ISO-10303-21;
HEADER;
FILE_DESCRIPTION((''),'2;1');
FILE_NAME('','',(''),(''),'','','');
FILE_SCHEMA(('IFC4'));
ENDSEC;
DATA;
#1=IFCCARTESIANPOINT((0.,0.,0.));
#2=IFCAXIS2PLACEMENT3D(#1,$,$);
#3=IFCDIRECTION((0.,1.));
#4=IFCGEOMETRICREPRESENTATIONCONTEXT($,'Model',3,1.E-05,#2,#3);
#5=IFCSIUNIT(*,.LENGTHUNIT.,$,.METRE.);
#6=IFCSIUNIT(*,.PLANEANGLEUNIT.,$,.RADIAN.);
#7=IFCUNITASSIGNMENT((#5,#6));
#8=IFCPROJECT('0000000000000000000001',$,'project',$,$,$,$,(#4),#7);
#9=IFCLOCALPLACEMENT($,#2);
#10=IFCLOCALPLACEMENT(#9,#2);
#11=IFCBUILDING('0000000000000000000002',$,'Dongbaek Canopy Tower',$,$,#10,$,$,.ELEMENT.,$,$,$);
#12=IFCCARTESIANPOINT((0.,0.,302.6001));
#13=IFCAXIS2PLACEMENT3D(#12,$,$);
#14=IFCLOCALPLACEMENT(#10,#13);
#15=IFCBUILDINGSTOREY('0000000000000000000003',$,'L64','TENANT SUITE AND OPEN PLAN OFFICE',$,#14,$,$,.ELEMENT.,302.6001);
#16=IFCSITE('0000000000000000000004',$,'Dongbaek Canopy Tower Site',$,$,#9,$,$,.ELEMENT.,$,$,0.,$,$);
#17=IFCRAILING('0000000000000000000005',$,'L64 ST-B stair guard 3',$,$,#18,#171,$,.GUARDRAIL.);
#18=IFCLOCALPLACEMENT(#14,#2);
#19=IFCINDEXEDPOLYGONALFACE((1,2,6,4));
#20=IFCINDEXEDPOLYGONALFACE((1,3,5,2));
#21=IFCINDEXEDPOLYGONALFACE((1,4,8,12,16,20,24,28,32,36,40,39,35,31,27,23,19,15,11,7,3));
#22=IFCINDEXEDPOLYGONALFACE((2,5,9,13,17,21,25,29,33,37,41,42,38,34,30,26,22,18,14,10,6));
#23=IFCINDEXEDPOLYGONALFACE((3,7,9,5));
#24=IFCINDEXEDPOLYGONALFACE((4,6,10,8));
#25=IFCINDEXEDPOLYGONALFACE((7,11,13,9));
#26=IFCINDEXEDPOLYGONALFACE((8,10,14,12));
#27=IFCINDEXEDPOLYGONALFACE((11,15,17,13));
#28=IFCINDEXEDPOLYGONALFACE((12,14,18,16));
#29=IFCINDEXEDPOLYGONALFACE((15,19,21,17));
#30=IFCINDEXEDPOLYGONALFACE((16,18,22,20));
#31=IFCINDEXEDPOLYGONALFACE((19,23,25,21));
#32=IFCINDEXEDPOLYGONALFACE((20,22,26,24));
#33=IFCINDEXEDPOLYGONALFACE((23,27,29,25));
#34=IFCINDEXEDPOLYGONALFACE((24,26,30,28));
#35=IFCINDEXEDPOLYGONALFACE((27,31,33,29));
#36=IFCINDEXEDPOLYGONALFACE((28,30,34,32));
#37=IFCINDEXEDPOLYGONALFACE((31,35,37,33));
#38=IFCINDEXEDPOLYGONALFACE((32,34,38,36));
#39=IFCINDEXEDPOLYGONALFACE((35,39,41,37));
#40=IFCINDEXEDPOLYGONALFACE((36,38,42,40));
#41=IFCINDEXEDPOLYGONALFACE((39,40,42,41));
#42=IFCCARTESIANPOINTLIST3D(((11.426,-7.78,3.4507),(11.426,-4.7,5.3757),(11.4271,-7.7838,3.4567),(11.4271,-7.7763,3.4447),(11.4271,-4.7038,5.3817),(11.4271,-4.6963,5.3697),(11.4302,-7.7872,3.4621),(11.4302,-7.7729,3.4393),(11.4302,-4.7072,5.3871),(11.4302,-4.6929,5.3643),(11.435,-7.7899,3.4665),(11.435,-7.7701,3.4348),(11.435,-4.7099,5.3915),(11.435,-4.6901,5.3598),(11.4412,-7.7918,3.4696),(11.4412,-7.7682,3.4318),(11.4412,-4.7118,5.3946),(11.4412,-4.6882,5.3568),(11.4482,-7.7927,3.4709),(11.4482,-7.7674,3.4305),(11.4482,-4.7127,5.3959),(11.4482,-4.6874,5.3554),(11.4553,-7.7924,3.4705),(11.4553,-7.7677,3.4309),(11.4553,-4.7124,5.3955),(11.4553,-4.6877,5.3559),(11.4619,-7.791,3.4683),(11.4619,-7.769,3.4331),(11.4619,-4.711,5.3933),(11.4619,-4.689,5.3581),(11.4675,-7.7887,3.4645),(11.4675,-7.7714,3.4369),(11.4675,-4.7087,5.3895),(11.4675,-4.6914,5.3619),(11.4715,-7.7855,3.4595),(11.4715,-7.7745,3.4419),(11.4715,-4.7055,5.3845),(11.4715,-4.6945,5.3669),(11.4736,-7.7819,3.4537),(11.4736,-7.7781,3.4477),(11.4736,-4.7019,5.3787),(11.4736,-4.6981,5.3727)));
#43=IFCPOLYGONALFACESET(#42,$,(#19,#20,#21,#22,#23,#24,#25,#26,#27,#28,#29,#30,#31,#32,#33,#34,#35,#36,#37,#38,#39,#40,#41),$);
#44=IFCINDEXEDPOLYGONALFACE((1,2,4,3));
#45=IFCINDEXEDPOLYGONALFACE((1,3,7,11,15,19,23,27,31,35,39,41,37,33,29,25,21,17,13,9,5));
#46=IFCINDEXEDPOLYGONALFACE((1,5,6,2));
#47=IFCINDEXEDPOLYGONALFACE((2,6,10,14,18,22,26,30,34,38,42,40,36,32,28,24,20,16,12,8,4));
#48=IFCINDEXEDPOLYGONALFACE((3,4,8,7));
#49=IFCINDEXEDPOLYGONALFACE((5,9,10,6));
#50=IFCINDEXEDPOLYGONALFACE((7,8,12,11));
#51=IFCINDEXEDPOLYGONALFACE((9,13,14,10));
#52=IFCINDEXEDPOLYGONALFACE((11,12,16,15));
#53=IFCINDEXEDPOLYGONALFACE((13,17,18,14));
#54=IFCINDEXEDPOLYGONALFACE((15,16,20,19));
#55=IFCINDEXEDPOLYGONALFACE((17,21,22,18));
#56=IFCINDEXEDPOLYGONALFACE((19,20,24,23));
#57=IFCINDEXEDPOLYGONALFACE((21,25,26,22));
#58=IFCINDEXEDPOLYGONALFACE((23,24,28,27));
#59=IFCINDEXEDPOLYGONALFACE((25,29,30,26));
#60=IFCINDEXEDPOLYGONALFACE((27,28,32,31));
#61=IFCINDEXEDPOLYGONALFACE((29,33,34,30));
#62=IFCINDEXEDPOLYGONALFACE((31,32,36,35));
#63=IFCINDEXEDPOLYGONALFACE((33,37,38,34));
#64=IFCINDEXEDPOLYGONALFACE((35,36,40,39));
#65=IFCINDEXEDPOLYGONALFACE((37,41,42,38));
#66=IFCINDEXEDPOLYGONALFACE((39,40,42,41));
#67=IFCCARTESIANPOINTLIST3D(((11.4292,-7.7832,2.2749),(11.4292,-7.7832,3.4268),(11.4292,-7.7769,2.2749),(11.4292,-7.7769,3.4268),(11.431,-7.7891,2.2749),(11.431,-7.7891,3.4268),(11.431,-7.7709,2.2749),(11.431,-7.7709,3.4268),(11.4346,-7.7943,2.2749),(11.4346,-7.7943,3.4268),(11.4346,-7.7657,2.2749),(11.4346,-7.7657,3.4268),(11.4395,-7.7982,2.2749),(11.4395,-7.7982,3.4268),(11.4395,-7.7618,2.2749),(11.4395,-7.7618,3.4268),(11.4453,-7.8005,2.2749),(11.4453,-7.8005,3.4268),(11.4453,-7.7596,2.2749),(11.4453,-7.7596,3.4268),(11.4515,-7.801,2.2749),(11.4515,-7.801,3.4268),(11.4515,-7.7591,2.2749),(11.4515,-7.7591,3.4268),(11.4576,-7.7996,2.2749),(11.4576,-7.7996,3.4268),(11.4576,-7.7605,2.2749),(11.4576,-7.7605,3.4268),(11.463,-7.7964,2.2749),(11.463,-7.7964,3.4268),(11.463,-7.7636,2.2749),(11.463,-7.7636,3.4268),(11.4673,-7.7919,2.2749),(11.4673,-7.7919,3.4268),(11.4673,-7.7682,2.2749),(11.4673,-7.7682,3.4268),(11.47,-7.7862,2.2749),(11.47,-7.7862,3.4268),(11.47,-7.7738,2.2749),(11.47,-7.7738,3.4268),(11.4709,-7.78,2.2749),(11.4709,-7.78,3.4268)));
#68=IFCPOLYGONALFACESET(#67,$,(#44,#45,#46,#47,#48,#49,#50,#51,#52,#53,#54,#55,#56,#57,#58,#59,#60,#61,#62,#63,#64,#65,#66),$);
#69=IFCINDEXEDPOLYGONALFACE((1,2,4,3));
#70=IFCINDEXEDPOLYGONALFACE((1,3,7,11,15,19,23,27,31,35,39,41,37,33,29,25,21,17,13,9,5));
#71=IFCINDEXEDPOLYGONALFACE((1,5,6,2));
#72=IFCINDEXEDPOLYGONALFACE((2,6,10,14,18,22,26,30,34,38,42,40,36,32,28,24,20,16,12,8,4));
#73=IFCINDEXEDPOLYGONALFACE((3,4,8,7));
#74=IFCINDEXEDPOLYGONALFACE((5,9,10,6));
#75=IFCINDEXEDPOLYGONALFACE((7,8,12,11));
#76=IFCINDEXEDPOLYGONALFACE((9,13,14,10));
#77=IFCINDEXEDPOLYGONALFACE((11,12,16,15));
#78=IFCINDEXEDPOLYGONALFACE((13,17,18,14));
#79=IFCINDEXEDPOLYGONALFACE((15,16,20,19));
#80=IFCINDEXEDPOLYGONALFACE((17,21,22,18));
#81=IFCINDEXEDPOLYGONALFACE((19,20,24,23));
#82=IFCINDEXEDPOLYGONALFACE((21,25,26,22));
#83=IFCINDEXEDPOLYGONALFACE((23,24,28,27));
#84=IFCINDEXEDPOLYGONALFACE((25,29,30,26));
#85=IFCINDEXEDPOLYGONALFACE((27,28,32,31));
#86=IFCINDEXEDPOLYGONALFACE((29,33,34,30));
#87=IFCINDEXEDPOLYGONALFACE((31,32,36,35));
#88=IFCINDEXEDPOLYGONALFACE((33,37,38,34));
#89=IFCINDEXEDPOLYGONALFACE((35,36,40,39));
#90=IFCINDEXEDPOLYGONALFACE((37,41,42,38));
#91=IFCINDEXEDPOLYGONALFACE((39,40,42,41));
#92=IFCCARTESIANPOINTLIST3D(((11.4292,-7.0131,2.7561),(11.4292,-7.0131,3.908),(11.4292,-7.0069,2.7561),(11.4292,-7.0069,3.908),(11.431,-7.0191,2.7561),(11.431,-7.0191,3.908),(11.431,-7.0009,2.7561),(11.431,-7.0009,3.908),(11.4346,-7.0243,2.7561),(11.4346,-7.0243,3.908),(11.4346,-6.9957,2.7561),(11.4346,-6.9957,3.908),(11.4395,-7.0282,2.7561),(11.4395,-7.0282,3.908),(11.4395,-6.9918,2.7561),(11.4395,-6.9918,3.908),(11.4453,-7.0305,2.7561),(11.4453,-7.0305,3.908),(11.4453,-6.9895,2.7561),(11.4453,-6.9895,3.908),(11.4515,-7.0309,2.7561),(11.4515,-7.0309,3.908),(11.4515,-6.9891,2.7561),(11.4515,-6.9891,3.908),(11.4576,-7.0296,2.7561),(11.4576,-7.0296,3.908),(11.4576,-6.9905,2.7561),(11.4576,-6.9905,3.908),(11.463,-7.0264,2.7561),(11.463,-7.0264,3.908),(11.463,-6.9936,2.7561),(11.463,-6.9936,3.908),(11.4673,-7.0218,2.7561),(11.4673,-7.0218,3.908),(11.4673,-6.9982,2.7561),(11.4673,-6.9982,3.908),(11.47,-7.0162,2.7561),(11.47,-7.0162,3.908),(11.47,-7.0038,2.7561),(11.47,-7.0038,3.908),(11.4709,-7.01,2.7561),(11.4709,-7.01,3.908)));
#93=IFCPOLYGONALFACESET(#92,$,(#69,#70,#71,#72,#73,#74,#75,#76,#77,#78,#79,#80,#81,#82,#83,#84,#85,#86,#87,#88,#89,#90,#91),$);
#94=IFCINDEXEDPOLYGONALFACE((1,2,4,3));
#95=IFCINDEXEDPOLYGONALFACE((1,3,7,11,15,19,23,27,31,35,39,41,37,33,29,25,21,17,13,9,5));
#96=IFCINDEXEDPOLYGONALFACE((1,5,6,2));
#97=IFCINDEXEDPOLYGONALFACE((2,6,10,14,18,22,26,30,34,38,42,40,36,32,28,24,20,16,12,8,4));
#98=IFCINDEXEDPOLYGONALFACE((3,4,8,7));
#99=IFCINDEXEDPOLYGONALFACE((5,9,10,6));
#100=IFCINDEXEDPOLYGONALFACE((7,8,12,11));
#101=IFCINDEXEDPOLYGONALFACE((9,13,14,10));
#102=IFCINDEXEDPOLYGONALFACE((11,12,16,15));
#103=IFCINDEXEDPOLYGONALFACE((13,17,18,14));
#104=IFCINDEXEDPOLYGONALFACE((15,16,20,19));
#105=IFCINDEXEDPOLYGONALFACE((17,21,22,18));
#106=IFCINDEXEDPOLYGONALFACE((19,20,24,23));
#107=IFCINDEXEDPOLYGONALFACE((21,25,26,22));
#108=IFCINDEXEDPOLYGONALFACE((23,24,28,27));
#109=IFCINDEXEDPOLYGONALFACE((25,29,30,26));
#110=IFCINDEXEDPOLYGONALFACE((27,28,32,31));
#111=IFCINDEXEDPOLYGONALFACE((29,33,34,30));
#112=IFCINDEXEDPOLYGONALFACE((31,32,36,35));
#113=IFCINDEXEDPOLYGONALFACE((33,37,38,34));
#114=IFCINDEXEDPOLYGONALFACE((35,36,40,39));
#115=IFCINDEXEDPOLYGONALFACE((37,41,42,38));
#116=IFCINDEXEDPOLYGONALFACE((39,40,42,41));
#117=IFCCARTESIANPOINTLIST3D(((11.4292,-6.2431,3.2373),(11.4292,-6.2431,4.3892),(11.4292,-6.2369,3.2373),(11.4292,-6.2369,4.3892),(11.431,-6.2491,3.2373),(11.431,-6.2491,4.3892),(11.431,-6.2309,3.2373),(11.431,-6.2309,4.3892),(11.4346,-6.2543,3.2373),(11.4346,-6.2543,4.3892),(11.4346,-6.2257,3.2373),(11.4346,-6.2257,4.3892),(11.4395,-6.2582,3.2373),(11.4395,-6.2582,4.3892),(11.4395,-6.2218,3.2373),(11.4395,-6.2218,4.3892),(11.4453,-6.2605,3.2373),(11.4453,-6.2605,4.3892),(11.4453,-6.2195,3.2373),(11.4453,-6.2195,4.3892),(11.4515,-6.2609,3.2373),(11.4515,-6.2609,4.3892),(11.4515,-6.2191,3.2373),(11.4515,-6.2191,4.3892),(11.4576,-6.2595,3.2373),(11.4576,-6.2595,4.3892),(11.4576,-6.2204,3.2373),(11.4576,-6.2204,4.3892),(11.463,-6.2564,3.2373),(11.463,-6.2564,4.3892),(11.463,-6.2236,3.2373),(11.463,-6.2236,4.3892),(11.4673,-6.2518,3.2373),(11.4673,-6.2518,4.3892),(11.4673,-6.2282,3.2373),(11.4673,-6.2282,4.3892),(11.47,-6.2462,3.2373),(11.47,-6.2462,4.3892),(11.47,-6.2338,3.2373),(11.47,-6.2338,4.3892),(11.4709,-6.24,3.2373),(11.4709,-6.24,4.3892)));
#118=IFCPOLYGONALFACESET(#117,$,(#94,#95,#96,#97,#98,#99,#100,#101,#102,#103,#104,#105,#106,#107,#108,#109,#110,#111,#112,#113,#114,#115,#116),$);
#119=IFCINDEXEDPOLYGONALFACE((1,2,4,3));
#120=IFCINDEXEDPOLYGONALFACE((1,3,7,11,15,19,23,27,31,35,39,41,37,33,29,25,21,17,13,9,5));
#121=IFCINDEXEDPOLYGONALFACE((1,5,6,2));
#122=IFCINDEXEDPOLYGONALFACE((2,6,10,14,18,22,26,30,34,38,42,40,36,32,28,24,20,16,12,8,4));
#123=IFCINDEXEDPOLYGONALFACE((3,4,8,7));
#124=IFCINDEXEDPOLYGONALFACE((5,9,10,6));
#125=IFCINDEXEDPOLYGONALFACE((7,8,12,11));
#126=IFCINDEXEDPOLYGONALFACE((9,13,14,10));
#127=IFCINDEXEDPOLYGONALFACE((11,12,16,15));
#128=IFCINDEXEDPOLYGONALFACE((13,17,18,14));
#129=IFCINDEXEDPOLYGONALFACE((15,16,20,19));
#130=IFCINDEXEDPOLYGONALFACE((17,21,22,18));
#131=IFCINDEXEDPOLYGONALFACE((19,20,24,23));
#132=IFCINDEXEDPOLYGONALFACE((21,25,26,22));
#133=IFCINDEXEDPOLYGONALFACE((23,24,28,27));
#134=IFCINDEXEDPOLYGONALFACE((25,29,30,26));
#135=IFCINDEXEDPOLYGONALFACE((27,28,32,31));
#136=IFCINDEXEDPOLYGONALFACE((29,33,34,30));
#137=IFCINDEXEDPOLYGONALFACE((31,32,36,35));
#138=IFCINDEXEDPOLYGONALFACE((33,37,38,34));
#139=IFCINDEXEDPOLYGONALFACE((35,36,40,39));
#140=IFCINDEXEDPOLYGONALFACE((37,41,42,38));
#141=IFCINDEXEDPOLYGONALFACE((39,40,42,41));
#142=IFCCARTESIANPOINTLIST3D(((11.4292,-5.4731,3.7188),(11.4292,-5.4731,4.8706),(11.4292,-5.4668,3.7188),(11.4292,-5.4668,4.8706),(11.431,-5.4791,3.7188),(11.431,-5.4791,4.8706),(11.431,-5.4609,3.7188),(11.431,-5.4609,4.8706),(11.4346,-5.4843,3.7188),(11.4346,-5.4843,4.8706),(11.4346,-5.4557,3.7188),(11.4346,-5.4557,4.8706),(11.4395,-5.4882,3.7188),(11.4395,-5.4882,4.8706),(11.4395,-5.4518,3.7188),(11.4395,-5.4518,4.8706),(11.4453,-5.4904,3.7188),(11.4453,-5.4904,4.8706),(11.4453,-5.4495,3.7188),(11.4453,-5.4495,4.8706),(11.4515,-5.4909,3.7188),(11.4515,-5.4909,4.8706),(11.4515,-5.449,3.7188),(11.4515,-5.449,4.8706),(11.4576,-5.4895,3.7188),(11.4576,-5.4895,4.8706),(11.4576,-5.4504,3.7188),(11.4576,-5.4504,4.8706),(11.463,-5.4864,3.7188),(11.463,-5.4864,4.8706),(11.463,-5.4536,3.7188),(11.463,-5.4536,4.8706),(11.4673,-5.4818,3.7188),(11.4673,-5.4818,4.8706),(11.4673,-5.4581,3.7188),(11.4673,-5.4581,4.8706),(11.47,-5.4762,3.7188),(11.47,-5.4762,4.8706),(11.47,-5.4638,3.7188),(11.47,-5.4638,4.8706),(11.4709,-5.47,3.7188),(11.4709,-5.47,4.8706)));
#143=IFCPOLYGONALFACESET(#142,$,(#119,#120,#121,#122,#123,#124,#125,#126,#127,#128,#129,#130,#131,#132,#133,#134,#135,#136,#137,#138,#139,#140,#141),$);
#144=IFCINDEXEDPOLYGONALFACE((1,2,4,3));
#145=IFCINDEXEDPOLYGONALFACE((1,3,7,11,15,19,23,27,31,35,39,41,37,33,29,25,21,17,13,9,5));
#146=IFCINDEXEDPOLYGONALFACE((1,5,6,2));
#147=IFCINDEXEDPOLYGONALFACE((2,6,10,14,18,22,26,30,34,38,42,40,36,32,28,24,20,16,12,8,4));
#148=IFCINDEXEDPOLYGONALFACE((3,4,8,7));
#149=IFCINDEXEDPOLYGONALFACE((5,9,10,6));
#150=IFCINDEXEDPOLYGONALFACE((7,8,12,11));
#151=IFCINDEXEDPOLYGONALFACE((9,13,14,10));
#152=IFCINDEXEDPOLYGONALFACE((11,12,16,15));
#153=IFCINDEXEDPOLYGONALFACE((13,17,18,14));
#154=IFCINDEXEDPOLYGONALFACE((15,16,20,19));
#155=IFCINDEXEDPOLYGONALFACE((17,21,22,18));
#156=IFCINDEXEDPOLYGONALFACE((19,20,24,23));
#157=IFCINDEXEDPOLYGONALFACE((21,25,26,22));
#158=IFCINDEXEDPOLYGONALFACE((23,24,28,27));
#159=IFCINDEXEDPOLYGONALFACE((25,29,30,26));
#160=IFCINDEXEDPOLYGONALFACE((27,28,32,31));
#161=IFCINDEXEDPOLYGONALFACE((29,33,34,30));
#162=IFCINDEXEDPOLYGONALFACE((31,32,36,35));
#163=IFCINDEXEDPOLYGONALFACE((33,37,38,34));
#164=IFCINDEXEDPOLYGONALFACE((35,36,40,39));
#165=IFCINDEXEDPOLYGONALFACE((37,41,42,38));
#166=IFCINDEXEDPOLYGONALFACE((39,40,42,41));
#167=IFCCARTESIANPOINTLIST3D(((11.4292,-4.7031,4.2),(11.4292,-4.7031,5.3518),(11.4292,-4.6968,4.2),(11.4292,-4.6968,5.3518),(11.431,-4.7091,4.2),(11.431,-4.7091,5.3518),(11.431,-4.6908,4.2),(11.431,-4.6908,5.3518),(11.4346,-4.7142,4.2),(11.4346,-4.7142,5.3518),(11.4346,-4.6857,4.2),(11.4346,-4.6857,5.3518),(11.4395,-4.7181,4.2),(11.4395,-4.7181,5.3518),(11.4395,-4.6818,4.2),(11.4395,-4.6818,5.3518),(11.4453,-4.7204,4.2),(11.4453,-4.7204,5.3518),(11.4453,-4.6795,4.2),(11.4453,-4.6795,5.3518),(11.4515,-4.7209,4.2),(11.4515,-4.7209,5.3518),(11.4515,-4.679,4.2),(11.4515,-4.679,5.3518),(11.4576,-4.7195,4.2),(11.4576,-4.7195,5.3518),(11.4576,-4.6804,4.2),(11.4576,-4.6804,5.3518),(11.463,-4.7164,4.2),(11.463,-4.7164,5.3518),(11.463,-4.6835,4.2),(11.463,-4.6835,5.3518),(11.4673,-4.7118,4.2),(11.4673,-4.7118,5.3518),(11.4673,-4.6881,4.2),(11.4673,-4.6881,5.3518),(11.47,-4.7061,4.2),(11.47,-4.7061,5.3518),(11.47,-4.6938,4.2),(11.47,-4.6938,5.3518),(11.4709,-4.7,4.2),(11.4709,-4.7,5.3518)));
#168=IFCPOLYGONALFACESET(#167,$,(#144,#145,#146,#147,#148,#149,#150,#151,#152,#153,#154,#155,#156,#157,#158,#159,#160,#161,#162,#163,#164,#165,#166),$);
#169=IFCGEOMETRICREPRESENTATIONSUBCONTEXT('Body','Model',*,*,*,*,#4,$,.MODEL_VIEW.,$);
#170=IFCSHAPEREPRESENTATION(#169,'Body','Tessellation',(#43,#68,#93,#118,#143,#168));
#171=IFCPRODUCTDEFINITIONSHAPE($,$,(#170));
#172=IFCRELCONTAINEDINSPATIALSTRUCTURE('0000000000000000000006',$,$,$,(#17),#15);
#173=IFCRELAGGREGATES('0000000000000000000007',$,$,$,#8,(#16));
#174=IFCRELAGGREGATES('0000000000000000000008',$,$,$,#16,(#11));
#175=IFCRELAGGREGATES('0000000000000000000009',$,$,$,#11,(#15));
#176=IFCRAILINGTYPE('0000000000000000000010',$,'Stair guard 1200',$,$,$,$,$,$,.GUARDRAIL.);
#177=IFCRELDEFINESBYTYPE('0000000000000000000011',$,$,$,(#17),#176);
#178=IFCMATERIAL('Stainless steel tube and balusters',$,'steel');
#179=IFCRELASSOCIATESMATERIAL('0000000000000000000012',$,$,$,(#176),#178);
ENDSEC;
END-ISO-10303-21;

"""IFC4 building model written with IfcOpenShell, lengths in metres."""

from ifc_helpers import new_model, si_unit, direction, frame, origin, origin_2d, place, context, subcontext, project, spatial, circle, extrude, material, type_object, element, save


model = new_model("IFC4")

# Units and contexts
model_context = context("Model", 3, precision=1e-05, world=origin(), true_north=direction((0.0, 1.0)))
body_context = subcontext(model_context, "Body", "Model", "MODEL_VIEW")
ifc_project = project(units=[si_unit("LENGTHUNIT", "METRE"), si_unit("PLANEANGLEUNIT", "RADIAN")], contexts=[model_context])

# Site, building, storey
site_placement = place(None, origin())
site = spatial("IfcSite", under=ifc_project, at=site_placement, Name="Dongbaek Canopy Tower Site", CompositionType="ELEMENT", RefElevation=0.0)
building_placement = place(site_placement, origin())
building = spatial("IfcBuilding", under=site, at=building_placement, Name="Dongbaek Canopy Tower", CompositionType="ELEMENT")
storey_placement = place(building_placement, frame((0.0, 0.0, 302.6001)))
storey = spatial("IfcBuildingStorey", under=building, at=storey_placement, Name="L64", Description="TENANT SUITE AND OPEN PLAN OFFICE", CompositionType="ELEMENT", Elevation=302.6001)

# Railing
ifc_material_1 = material(Name="Stainless steel tube and balusters", Category="steel")
railing_type_1 = type_object("IfcRailingType", Name="Stair guard 1200", PredefinedType="GUARDRAIL", material=ifc_material_1)
railing_1_placement = place(storey_placement, frame((11.45, -7.78, 2.2749)))
element("IfcRailing", 1, at=railing_1_placement, inside=storey, type_object=railing_type_1, Name="L64 ST-B stair guard 3", PredefinedType="GUARDRAIL", context=body_context, shape_type="SweptSolid", body=[
    extrude(circle(Radius=0.0239, at=origin_2d()), frame((0.0, 0.0, 1.1758), z_axis=(0.0, 0.847998, 0.529999), x_axis=(-1.0, 0.0, 0.0)), (0.0, 0.0, 1.0), 3.6321),
    extrude(circle(Radius=0.021, at=origin_2d()), origin(), (0.0, 0.0, 1.0), 1.1519),
    extrude(circle(Radius=0.021, at=origin_2d()), frame((0.0, 0.77, 0.4812)), (0.0, 0.0, 1.0), 1.1519),
    extrude(circle(Radius=0.021, at=origin_2d()), frame((0.0, 1.54, 0.9624)), (0.0, 0.0, 1.0), 1.1519),
    extrude(circle(Radius=0.021, at=origin_2d()), frame((0.0, 2.3101, 1.4438)), (0.0, 0.0, 1.0), 1.1519),
    extrude(circle(Radius=0.021, at=origin_2d()), frame((0.0, 3.0801, 1.925)), (0.0, 0.0, 1.0), 1.1519),
])

save(model, "model.ifc")
